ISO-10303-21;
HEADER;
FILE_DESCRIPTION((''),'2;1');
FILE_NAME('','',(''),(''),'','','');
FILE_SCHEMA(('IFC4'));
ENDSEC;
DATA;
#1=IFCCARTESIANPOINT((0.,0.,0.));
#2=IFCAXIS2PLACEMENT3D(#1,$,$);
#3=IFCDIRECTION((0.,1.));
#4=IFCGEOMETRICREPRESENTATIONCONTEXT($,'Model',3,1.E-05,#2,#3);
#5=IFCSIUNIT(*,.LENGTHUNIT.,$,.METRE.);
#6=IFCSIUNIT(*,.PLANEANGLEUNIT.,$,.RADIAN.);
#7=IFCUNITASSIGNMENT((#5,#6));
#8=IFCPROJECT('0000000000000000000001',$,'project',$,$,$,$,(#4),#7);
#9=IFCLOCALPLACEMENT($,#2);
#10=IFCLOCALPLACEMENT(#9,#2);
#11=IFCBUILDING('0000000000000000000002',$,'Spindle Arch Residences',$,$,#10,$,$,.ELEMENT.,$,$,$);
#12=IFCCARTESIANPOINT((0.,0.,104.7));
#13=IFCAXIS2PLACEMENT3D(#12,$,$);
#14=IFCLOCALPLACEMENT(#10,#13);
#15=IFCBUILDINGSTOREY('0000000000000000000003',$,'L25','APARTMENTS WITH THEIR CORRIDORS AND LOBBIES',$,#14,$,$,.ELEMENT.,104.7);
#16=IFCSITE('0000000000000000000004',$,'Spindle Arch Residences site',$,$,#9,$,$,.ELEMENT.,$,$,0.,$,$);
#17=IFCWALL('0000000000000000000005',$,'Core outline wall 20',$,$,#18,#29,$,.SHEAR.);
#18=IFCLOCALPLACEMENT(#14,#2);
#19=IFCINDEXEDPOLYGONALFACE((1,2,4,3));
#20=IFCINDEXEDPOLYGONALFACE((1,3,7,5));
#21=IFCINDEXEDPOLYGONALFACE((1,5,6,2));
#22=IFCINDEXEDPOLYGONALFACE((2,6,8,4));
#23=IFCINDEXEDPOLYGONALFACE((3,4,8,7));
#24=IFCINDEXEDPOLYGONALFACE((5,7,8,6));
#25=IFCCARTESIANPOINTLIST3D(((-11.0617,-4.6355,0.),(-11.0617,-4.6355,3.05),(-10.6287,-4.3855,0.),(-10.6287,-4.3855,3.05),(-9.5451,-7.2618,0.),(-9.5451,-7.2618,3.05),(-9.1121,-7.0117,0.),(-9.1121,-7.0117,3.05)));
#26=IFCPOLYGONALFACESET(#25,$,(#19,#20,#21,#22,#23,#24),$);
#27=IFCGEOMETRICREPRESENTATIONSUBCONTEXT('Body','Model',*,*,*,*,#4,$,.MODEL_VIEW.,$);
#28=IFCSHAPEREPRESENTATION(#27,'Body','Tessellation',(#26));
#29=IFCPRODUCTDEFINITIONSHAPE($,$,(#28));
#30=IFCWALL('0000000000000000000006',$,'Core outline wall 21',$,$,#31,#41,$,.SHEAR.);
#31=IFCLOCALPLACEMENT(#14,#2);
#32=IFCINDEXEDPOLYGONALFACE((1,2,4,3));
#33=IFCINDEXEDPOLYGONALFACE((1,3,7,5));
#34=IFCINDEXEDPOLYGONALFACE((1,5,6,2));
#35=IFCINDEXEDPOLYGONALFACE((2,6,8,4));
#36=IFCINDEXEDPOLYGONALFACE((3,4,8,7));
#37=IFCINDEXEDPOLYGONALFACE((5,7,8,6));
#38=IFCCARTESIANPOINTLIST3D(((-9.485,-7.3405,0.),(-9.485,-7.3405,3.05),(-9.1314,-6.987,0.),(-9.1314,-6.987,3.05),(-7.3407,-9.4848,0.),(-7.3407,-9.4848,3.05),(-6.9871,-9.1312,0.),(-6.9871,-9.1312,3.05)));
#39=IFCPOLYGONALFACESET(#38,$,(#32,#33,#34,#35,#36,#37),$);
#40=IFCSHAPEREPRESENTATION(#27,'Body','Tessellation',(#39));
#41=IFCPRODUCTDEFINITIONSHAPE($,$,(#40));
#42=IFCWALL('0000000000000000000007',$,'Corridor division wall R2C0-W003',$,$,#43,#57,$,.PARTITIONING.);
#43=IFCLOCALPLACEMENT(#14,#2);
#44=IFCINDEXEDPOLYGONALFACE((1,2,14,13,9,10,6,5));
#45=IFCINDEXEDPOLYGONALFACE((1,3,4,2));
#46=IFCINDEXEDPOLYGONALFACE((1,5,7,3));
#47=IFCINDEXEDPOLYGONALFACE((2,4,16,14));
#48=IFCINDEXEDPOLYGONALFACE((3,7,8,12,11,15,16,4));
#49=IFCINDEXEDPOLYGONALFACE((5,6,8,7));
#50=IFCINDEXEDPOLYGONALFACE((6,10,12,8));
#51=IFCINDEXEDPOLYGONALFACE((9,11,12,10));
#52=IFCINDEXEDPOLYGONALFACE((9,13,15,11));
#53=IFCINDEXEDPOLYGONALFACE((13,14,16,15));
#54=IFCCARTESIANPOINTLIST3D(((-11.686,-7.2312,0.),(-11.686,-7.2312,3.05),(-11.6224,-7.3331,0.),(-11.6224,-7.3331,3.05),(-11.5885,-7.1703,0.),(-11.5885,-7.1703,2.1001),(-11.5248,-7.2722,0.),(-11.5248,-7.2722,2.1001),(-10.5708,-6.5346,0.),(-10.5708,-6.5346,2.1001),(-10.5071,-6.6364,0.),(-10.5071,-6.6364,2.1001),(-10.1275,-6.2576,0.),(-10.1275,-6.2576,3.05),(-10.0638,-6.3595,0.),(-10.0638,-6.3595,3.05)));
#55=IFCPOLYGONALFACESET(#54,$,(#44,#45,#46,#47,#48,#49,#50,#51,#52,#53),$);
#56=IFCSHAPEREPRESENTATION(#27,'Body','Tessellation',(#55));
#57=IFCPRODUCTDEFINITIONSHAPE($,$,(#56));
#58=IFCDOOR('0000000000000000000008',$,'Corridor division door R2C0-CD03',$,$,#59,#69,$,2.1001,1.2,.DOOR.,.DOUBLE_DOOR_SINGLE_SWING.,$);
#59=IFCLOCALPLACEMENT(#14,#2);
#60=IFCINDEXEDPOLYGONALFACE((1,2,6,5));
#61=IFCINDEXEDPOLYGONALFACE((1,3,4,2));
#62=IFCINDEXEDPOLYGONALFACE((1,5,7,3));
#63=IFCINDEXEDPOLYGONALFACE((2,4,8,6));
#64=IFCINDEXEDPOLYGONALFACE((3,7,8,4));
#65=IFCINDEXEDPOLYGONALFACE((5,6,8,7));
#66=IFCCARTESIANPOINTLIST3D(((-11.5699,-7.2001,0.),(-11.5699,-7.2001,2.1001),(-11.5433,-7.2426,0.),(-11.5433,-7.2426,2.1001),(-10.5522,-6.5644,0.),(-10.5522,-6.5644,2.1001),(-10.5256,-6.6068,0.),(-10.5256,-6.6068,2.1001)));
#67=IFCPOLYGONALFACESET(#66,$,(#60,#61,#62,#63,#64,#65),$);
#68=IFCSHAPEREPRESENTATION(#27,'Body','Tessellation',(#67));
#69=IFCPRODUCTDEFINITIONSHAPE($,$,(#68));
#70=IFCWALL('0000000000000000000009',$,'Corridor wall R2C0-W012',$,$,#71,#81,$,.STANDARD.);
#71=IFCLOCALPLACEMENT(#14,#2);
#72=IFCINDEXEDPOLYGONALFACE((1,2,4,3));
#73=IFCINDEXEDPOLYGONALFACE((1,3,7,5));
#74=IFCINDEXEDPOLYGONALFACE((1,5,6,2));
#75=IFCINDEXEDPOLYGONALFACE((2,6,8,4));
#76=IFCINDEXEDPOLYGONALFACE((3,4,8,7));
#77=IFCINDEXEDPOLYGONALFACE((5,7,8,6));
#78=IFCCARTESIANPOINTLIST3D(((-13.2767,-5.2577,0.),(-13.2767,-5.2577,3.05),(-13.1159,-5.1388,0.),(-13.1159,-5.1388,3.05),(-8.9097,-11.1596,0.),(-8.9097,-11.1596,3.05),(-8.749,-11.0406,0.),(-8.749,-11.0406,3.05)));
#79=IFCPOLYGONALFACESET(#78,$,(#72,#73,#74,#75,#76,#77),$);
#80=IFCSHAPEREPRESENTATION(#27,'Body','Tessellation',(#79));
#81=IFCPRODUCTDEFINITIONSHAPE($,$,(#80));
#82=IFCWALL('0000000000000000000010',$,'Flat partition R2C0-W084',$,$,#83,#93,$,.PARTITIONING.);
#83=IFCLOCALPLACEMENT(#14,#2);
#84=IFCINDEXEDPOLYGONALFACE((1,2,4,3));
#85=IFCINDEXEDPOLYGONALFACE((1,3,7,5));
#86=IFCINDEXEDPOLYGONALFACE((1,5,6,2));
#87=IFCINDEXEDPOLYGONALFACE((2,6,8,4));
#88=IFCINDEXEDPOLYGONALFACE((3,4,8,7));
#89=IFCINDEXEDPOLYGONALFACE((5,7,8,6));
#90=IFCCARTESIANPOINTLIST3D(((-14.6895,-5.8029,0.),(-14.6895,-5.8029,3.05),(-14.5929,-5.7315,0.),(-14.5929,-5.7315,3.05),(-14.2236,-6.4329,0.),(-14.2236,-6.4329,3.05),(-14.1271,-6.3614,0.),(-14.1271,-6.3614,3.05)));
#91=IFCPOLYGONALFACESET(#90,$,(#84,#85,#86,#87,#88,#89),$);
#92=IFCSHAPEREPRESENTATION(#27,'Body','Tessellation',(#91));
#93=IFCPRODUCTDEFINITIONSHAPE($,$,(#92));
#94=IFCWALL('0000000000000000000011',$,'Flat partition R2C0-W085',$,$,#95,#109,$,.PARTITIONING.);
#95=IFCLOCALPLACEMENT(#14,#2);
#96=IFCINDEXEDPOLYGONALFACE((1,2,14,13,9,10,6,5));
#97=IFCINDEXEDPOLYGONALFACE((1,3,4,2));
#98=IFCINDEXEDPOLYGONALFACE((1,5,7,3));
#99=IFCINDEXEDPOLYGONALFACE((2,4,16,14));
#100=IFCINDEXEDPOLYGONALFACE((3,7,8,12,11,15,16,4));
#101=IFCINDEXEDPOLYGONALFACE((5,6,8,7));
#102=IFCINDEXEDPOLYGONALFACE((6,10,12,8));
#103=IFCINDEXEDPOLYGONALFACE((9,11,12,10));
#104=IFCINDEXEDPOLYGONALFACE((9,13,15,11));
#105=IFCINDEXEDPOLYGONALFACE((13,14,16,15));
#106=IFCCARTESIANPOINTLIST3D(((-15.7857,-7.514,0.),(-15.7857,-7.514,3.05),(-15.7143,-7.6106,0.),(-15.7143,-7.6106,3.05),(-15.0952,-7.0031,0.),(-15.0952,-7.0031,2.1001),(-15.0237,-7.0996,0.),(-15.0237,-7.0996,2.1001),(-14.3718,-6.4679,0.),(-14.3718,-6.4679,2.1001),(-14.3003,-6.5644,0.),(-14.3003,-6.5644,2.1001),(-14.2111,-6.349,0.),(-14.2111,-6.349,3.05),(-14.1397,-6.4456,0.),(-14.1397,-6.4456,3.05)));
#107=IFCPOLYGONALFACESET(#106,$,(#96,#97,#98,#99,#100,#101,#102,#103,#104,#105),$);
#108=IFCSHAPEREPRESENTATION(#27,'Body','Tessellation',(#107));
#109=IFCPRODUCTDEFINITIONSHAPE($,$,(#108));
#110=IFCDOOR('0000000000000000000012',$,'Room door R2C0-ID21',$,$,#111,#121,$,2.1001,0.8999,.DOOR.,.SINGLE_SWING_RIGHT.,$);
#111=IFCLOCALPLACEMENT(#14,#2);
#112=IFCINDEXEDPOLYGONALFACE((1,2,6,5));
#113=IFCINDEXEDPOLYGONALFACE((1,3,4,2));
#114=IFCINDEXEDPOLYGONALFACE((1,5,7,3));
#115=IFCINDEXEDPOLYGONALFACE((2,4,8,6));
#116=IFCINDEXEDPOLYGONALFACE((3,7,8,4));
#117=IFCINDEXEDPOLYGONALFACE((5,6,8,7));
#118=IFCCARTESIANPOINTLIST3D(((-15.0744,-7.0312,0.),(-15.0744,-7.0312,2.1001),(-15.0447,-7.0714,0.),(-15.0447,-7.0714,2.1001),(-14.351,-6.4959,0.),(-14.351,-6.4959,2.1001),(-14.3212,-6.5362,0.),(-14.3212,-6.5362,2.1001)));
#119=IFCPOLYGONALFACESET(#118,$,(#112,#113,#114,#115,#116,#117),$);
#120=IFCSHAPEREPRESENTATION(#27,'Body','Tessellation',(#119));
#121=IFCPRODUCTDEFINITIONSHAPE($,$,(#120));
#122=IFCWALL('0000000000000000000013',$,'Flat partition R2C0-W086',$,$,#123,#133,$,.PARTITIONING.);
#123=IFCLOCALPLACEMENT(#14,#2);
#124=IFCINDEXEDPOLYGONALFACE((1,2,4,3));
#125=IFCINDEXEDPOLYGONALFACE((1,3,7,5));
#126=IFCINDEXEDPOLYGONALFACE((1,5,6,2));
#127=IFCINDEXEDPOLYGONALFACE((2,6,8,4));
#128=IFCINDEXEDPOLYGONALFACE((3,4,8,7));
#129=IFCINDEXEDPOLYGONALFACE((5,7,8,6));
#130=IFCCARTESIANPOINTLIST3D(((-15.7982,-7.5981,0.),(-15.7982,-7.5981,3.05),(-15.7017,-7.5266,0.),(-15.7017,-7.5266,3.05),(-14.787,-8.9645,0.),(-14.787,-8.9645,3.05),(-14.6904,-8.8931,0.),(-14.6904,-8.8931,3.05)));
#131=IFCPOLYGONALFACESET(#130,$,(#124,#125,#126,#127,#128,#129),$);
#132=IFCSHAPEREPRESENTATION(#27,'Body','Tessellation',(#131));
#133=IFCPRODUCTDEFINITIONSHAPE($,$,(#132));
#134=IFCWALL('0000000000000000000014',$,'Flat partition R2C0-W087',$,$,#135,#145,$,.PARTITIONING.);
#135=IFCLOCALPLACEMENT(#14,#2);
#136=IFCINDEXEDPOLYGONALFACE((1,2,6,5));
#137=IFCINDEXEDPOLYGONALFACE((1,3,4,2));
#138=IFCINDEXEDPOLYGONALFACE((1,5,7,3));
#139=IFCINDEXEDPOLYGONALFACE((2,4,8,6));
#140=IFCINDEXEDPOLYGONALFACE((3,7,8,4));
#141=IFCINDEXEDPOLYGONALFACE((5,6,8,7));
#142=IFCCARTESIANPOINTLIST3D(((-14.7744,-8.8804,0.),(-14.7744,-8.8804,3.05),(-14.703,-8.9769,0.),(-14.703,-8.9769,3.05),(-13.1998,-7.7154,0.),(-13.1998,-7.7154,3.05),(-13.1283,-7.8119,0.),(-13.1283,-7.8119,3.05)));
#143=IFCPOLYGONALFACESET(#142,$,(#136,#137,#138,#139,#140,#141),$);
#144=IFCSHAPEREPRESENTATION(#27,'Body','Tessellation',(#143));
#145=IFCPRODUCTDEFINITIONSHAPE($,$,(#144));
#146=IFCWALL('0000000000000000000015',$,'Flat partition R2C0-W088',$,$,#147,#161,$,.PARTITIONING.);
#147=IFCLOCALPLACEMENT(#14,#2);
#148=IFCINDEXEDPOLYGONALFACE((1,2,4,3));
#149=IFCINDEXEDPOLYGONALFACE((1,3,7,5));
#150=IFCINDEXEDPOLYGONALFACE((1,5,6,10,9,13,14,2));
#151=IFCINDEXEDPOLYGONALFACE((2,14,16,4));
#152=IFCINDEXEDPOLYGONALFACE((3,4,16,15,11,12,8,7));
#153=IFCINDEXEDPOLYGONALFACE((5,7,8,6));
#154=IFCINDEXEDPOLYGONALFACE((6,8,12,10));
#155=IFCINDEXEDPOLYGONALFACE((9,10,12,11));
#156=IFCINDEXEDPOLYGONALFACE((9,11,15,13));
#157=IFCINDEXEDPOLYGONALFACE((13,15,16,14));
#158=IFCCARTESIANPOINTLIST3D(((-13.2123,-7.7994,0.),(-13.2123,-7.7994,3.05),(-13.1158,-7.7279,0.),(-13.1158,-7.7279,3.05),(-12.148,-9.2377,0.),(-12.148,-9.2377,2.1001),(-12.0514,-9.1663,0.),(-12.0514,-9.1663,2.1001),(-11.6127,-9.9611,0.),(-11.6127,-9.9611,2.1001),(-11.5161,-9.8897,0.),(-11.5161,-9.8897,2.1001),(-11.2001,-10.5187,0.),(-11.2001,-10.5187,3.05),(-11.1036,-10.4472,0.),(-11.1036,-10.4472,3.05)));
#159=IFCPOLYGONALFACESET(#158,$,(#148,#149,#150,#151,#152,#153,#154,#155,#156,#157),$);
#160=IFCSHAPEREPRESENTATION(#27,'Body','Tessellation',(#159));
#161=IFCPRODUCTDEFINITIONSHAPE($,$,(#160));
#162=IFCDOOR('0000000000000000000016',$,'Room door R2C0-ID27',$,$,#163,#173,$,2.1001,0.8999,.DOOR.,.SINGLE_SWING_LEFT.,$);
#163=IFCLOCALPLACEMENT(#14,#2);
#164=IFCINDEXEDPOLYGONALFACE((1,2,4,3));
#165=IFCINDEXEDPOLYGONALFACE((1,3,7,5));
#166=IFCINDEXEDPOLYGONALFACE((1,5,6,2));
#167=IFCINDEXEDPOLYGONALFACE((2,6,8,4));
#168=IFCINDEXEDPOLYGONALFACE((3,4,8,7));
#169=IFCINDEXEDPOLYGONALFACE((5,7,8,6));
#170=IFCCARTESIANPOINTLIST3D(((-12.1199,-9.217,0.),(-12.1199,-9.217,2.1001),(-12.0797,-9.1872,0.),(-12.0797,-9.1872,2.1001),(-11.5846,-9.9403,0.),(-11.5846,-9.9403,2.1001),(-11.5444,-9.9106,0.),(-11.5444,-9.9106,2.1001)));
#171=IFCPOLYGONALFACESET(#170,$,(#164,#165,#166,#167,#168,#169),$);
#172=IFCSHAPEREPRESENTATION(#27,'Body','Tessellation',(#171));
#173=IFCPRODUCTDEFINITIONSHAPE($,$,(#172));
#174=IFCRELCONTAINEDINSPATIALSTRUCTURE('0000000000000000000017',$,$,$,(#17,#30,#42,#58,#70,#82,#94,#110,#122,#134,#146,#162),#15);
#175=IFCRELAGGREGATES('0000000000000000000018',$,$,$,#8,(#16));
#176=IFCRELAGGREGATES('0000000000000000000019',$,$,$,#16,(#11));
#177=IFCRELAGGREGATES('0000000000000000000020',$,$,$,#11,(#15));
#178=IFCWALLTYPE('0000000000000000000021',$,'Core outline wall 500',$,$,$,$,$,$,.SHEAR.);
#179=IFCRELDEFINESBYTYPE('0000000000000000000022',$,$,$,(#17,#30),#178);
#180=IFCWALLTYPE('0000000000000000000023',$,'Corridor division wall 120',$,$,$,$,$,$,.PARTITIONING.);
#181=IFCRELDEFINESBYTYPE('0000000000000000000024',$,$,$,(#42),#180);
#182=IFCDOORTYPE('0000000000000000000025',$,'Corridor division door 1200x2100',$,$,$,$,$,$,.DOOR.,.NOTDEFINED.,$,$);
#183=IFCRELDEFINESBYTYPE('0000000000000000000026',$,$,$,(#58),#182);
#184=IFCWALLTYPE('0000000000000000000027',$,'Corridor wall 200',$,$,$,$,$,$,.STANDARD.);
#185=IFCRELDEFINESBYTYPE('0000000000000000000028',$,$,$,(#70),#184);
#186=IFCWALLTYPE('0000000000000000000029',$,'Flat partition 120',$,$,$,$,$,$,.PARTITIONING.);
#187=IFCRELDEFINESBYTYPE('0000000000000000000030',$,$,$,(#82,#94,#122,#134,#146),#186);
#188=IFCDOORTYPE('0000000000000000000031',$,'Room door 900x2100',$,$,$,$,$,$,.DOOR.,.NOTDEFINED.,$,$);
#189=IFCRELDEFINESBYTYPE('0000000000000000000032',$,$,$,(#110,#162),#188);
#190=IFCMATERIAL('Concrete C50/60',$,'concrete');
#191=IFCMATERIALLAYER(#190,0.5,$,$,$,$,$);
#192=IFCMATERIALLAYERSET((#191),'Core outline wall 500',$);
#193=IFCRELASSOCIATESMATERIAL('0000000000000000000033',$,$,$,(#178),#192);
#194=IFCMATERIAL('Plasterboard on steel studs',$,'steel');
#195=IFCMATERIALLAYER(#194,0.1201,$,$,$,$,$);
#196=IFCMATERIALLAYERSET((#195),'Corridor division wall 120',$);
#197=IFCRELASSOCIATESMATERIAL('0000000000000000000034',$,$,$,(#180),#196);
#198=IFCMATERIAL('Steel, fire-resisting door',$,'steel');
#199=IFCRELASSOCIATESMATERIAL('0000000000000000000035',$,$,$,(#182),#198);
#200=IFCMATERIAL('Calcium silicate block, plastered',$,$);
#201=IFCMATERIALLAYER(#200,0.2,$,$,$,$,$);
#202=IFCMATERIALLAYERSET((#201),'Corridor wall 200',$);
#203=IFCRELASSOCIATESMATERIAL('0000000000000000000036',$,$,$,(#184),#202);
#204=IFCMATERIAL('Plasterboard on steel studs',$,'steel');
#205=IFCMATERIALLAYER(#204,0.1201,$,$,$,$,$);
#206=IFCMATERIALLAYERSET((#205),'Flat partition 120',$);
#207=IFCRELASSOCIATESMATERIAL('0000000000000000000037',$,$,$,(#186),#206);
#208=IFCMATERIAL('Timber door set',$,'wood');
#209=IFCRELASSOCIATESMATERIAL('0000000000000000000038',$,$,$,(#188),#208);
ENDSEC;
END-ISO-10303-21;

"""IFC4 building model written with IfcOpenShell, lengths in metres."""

from ifc_helpers import new_model, si_unit, direction, frame, frame_2d, origin, place, context, subcontext, project, spatial, rectangle, extrude, material, layer, layer_set, type_object, element, fill, save


model = new_model("IFC4")

# Units and contexts
model_context = context("Model", 3, precision=1e-05, world=origin(), true_north=direction((0.0, 1.0)))
body_context = subcontext(model_context, "Body", "Model", "MODEL_VIEW")
ifc_project = project(units=[si_unit("LENGTHUNIT", "METRE"), si_unit("PLANEANGLEUNIT", "RADIAN")], contexts=[model_context])

# Site, building, storey
site_placement = place(None, origin())
site = spatial("IfcSite", under=ifc_project, at=site_placement, Name="Spindle Arch Residences site", CompositionType="ELEMENT", RefElevation=0.0)
building_placement = place(site_placement, origin())
building = spatial("IfcBuilding", under=site, at=building_placement, Name="Spindle Arch Residences", CompositionType="ELEMENT")
storey_placement = place(building_placement, frame((0.0, 0.0, 104.7)))
storey = spatial("IfcBuildingStorey", under=building, at=storey_placement, Name="L25", Description="APARTMENTS WITH THEIR CORRIDORS AND LOBBIES", CompositionType="ELEMENT", Elevation=104.7)

# Walls
ifc_material_1 = material(Name="Concrete C50/60", Category="concrete")
ifc_layer_1 = layer(ifc_material_1, 0.5)
ifc_layer_set_1 = layer_set([ifc_layer_1], Name="Core outline wall 500")
wall_type_1 = type_object("IfcWallType", Name="Core outline wall 500", PredefinedType="SHEAR", material=ifc_layer_set_1)
wall_1_placement = place(storey_placement, frame((-10.8452, -4.5105, 0.0), z_axis=(0.0, 0.0, 1.0), x_axis=(0.500087, -0.865975, 0.0)))
element("IfcWall", 1, at=wall_1_placement, inside=storey, type_object=wall_type_1, Name="Core outline wall 20", PredefinedType="SHEAR", context=body_context, shape_type="SweptSolid", body=[
    extrude(rectangle(XDim=3.0327, YDim=0.5, at=frame_2d((1.5164, 0.0))), origin(), (0.0, 0.0, 1.0), 3.05),
])
wall_2_placement = place(storey_placement, frame((-9.3081, -7.1638, 0.0), z_axis=(0.0, 0.0, 1.0), x_axis=(0.707107, -0.707107, 0.0)))
element("IfcWall", 2, at=wall_2_placement, inside=storey, type_object=wall_type_1, Name="Core outline wall 21", PredefinedType="SHEAR", context=body_context, shape_type="SweptSolid", body=[
    extrude(rectangle(XDim=3.0325, YDim=0.5, at=frame_2d((1.5161, 0.0))), origin(), (0.0, 0.0, 1.0), 3.05),
])

# Wall, opening, door
ifc_material_2 = material(Name="Plasterboard on steel studs", Category="steel")
ifc_layer_2 = layer(ifc_material_2, 0.1201)
ifc_layer_set_2 = layer_set([ifc_layer_2], Name="Corridor division wall 120")
wall_type_2 = type_object("IfcWallType", Name="Corridor division wall 120", PredefinedType="PARTITIONING", material=ifc_layer_set_2)
wall_3_placement = place(storey_placement, frame((-11.6543, -7.2822, 0.0), z_axis=(0.0, 0.0, 1.0), x_axis=(0.848118, 0.529808, 0.0)))
wall_3 = element("IfcWall", 3, at=wall_3_placement, inside=storey, type_object=wall_type_2, Name="Corridor division wall R2C0-W003", PredefinedType="PARTITIONING", context=body_context, shape_type="SweptSolid", body=[
    extrude(rectangle(XDim=1.8376, YDim=0.1201, at=frame_2d((0.9189, 0.0))), origin(), (0.0, 0.0, 1.0), 3.05),
])
opening_1_placement = place(wall_3_placement, frame((0.115, 0.0, 0.0)))
opening_1 = element("IfcOpeningElement", 4, at=opening_1_placement, cuts=wall_3, PredefinedType="OPENING", context=body_context, shape_type="SweptSolid", body=[
    extrude(rectangle(XDim=1.2, YDim=2.1001, at=frame_2d((0.6001, 1.05))), frame((0.0, 0.0701, 0.0), z_axis=(0.0, -1.0, 0.0), x_axis=(1.0, 0.0, 0.0)), (0.0, 0.0, 1.0), 0.1401),
])
ifc_material_3 = material(Name="Steel, fire-resisting door", Category="steel")
door_type_1 = type_object("IfcDoorType", Name="Corridor division door 1200x2100", OperationType="NOTDEFINED", PredefinedType="DOOR", material=ifc_material_3)
door_1_placement = place(opening_1_placement, origin())
door_1 = element("IfcDoor", 5, at=door_1_placement, inside=storey, type_object=door_type_1, Name="Corridor division door R2C0-CD03", OperationType="DOUBLE_DOOR_SINGLE_SWING", OverallHeight=2.1001, OverallWidth=1.2, PredefinedType="DOOR", context=body_context, shape_type="SweptSolid", body=[
    extrude(rectangle(XDim=1.2, YDim=2.1001, at=frame_2d((0.6001, 1.05))), frame((0.0, 0.0249, 0.0), z_axis=(0.0, -1.0, 0.0), x_axis=(1.0, 0.0, 0.0)), (0.0, 0.0, 1.0), 0.05),
])
fill(opening_1, door_1)

# Walls
ifc_material_4 = material(Name="Calcium silicate block, plastered")
ifc_layer_3 = layer(ifc_material_4, 0.2)
ifc_layer_set_3 = layer_set([ifc_layer_3], Name="Corridor wall 200")
wall_type_3 = type_object("IfcWallType", Name="Corridor wall 200", PredefinedType="STANDARD", material=ifc_layer_set_3)
wall_4_placement = place(storey_placement, frame((-13.1963, -5.1982, 0.0), z_axis=(0.0, 0.0, 1.0), x_axis=(0.594805, -0.80387, 0.0)))
element("IfcWall", 6, at=wall_4_placement, inside=storey, type_object=wall_type_3, Name="Corridor wall R2C0-W012", PredefinedType="STANDARD", context=body_context, shape_type="SweptSolid", body=[
    extrude(rectangle(XDim=7.3418, YDim=0.2, at=frame_2d((3.6709, 0.0))), origin(), (0.0, 0.0, 1.0), 3.05),
])
ifc_material_5 = material(Name="Plasterboard on steel studs", Category="steel")
ifc_layer_4 = layer(ifc_material_5, 0.1201)
ifc_layer_set_4 = layer_set([ifc_layer_4], Name="Flat partition 120")
wall_type_4 = type_object("IfcWallType", Name="Flat partition 120", PredefinedType="PARTITIONING", material=ifc_layer_set_4)
wall_5_placement = place(storey_placement, frame((-14.6411, -5.7673, 0.0), z_axis=(0.0, 0.0, 1.0), x_axis=(0.594601, -0.804021, 0.0)))
element("IfcWall", 7, at=wall_5_placement, inside=storey, type_object=wall_type_4, Name="Flat partition R2C0-W084", PredefinedType="PARTITIONING", context=body_context, shape_type="SweptSolid", body=[
    extrude(rectangle(XDim=0.7834, YDim=0.1201, at=frame_2d((0.3916, 0.0))), origin(), (0.0, 0.0, 1.0), 3.05),
])

# Wall, opening, door
wall_6_placement = place(storey_placement, frame((-14.1753, -6.3972, 0.0), z_axis=(0.0, 0.0, 1.0), x_axis=(-0.803901, -0.594762, 0.0)))
wall_6 = element("IfcWall", 8, at=wall_6_placement, inside=storey, type_object=wall_type_4, Name="Flat partition R2C0-W085", PredefinedType="PARTITIONING", context=body_context, shape_type="SweptSolid", body=[
    extrude(rectangle(XDim=1.9587, YDim=0.1201, at=frame_2d((0.9795, 0.0))), origin(), (0.0, 0.0, 1.0), 3.05),
])
opening_2_placement = place(wall_6_placement, frame((0.2, 0.0, 0.0)))
opening_2 = element("IfcOpeningElement", 9, at=opening_2_placement, cuts=wall_6, PredefinedType="OPENING", context=body_context, shape_type="SweptSolid", body=[
    extrude(rectangle(XDim=0.8999, YDim=2.1001, at=frame_2d((0.45, 1.05))), frame((0.0, 0.0701, 0.0), z_axis=(0.0, -1.0, 0.0), x_axis=(1.0, 0.0, 0.0)), (0.0, 0.0, 1.0), 0.1401),
])
ifc_material_6 = material(Name="Timber door set", Category="wood")
door_type_2 = type_object("IfcDoorType", Name="Room door 900x2100", OperationType="NOTDEFINED", PredefinedType="DOOR", material=ifc_material_6)
door_2_placement = place(opening_2_placement, origin())
door_2 = element("IfcDoor", 10, at=door_2_placement, inside=storey, type_object=door_type_2, Name="Room door R2C0-ID21", OperationType="SINGLE_SWING_RIGHT", OverallHeight=2.1001, OverallWidth=0.8999, PredefinedType="DOOR", context=body_context, shape_type="SweptSolid", body=[
    extrude(rectangle(XDim=0.8999, YDim=2.1001, at=frame_2d((0.45, 1.05))), frame((0.0, 0.0249, 0.0), z_axis=(0.0, -1.0, 0.0), x_axis=(1.0, 0.0, 0.0)), (0.0, 0.0, 1.0), 0.05),
])
fill(opening_2, door_2)

# Walls
wall_7_placement = place(storey_placement, frame((-15.75, -7.5623, 0.0), z_axis=(0.0, 0.0, 1.0), x_axis=(0.594863, -0.803827, 0.0)))
element("IfcWall", 11, at=wall_7_placement, inside=storey, type_object=wall_type_4, Name="Flat partition R2C0-W086", PredefinedType="PARTITIONING", context=body_context, shape_type="SweptSolid", body=[
    extrude(rectangle(XDim=1.7, YDim=0.1201, at=frame_2d((0.8501, 0.0))), origin(), (0.0, 0.0, 1.0), 3.05),
])
wall_8_placement = place(storey_placement, frame((-14.7388, -8.9287, 0.0), z_axis=(0.0, 0.0, 1.0), x_axis=(0.803901, 0.594762, 0.0)))
element("IfcWall", 12, at=wall_8_placement, inside=storey, type_object=wall_type_4, Name="Flat partition R2C0-W087", PredefinedType="PARTITIONING", context=body_context, shape_type="SweptSolid", body=[
    extrude(rectangle(XDim=1.9587, YDim=0.1201, at=frame_2d((0.9795, 0.0))), origin(), (0.0, 0.0, 1.0), 3.05),
])

# Wall, opening, door
wall_9_placement = place(storey_placement, frame((-13.1641, -7.7637, 0.0), z_axis=(0.0, 0.0, 1.0), x_axis=(0.594837, -0.803846, 0.0)))
wall_9 = element("IfcWall", 13, at=wall_9_placement, inside=storey, type_object=wall_type_4, Name="Flat partition R2C0-W088", PredefinedType="PARTITIONING", context=body_context, shape_type="SweptSolid", body=[
    extrude(rectangle(XDim=3.3828, YDim=0.1201, at=frame_2d((1.6914, 0.0))), origin(), (0.0, 0.0, 1.0), 3.05),
])
opening_3_placement = place(wall_9_placement, frame((1.7893, 0.0, 0.0)))
opening_3 = element("IfcOpeningElement", 14, at=opening_3_placement, cuts=wall_9, PredefinedType="OPENING", context=body_context, shape_type="SweptSolid", body=[
    extrude(rectangle(XDim=0.8999, YDim=2.1001, at=frame_2d((0.45, 1.05))), frame((0.0, 0.0701, 0.0), z_axis=(0.0, -1.0, 0.0), x_axis=(1.0, 0.0, 0.0)), (0.0, 0.0, 1.0), 0.1401),
])
door_3_placement = place(opening_3_placement, origin())
door_3 = element("IfcDoor", 15, at=door_3_placement, inside=storey, type_object=door_type_2, Name="Room door R2C0-ID27", OperationType="SINGLE_SWING_LEFT", OverallHeight=2.1001, OverallWidth=0.8999, PredefinedType="DOOR", context=body_context, shape_type="SweptSolid", body=[
    extrude(rectangle(XDim=0.8999, YDim=2.1001, at=frame_2d((0.45, 1.05))), frame((0.0, 0.0249, 0.0), z_axis=(0.0, -1.0, 0.0), x_axis=(1.0, 0.0, 0.0)), (0.0, 0.0, 1.0), 0.05),
])
fill(opening_3, door_3)

save(model, "model.ifc")
